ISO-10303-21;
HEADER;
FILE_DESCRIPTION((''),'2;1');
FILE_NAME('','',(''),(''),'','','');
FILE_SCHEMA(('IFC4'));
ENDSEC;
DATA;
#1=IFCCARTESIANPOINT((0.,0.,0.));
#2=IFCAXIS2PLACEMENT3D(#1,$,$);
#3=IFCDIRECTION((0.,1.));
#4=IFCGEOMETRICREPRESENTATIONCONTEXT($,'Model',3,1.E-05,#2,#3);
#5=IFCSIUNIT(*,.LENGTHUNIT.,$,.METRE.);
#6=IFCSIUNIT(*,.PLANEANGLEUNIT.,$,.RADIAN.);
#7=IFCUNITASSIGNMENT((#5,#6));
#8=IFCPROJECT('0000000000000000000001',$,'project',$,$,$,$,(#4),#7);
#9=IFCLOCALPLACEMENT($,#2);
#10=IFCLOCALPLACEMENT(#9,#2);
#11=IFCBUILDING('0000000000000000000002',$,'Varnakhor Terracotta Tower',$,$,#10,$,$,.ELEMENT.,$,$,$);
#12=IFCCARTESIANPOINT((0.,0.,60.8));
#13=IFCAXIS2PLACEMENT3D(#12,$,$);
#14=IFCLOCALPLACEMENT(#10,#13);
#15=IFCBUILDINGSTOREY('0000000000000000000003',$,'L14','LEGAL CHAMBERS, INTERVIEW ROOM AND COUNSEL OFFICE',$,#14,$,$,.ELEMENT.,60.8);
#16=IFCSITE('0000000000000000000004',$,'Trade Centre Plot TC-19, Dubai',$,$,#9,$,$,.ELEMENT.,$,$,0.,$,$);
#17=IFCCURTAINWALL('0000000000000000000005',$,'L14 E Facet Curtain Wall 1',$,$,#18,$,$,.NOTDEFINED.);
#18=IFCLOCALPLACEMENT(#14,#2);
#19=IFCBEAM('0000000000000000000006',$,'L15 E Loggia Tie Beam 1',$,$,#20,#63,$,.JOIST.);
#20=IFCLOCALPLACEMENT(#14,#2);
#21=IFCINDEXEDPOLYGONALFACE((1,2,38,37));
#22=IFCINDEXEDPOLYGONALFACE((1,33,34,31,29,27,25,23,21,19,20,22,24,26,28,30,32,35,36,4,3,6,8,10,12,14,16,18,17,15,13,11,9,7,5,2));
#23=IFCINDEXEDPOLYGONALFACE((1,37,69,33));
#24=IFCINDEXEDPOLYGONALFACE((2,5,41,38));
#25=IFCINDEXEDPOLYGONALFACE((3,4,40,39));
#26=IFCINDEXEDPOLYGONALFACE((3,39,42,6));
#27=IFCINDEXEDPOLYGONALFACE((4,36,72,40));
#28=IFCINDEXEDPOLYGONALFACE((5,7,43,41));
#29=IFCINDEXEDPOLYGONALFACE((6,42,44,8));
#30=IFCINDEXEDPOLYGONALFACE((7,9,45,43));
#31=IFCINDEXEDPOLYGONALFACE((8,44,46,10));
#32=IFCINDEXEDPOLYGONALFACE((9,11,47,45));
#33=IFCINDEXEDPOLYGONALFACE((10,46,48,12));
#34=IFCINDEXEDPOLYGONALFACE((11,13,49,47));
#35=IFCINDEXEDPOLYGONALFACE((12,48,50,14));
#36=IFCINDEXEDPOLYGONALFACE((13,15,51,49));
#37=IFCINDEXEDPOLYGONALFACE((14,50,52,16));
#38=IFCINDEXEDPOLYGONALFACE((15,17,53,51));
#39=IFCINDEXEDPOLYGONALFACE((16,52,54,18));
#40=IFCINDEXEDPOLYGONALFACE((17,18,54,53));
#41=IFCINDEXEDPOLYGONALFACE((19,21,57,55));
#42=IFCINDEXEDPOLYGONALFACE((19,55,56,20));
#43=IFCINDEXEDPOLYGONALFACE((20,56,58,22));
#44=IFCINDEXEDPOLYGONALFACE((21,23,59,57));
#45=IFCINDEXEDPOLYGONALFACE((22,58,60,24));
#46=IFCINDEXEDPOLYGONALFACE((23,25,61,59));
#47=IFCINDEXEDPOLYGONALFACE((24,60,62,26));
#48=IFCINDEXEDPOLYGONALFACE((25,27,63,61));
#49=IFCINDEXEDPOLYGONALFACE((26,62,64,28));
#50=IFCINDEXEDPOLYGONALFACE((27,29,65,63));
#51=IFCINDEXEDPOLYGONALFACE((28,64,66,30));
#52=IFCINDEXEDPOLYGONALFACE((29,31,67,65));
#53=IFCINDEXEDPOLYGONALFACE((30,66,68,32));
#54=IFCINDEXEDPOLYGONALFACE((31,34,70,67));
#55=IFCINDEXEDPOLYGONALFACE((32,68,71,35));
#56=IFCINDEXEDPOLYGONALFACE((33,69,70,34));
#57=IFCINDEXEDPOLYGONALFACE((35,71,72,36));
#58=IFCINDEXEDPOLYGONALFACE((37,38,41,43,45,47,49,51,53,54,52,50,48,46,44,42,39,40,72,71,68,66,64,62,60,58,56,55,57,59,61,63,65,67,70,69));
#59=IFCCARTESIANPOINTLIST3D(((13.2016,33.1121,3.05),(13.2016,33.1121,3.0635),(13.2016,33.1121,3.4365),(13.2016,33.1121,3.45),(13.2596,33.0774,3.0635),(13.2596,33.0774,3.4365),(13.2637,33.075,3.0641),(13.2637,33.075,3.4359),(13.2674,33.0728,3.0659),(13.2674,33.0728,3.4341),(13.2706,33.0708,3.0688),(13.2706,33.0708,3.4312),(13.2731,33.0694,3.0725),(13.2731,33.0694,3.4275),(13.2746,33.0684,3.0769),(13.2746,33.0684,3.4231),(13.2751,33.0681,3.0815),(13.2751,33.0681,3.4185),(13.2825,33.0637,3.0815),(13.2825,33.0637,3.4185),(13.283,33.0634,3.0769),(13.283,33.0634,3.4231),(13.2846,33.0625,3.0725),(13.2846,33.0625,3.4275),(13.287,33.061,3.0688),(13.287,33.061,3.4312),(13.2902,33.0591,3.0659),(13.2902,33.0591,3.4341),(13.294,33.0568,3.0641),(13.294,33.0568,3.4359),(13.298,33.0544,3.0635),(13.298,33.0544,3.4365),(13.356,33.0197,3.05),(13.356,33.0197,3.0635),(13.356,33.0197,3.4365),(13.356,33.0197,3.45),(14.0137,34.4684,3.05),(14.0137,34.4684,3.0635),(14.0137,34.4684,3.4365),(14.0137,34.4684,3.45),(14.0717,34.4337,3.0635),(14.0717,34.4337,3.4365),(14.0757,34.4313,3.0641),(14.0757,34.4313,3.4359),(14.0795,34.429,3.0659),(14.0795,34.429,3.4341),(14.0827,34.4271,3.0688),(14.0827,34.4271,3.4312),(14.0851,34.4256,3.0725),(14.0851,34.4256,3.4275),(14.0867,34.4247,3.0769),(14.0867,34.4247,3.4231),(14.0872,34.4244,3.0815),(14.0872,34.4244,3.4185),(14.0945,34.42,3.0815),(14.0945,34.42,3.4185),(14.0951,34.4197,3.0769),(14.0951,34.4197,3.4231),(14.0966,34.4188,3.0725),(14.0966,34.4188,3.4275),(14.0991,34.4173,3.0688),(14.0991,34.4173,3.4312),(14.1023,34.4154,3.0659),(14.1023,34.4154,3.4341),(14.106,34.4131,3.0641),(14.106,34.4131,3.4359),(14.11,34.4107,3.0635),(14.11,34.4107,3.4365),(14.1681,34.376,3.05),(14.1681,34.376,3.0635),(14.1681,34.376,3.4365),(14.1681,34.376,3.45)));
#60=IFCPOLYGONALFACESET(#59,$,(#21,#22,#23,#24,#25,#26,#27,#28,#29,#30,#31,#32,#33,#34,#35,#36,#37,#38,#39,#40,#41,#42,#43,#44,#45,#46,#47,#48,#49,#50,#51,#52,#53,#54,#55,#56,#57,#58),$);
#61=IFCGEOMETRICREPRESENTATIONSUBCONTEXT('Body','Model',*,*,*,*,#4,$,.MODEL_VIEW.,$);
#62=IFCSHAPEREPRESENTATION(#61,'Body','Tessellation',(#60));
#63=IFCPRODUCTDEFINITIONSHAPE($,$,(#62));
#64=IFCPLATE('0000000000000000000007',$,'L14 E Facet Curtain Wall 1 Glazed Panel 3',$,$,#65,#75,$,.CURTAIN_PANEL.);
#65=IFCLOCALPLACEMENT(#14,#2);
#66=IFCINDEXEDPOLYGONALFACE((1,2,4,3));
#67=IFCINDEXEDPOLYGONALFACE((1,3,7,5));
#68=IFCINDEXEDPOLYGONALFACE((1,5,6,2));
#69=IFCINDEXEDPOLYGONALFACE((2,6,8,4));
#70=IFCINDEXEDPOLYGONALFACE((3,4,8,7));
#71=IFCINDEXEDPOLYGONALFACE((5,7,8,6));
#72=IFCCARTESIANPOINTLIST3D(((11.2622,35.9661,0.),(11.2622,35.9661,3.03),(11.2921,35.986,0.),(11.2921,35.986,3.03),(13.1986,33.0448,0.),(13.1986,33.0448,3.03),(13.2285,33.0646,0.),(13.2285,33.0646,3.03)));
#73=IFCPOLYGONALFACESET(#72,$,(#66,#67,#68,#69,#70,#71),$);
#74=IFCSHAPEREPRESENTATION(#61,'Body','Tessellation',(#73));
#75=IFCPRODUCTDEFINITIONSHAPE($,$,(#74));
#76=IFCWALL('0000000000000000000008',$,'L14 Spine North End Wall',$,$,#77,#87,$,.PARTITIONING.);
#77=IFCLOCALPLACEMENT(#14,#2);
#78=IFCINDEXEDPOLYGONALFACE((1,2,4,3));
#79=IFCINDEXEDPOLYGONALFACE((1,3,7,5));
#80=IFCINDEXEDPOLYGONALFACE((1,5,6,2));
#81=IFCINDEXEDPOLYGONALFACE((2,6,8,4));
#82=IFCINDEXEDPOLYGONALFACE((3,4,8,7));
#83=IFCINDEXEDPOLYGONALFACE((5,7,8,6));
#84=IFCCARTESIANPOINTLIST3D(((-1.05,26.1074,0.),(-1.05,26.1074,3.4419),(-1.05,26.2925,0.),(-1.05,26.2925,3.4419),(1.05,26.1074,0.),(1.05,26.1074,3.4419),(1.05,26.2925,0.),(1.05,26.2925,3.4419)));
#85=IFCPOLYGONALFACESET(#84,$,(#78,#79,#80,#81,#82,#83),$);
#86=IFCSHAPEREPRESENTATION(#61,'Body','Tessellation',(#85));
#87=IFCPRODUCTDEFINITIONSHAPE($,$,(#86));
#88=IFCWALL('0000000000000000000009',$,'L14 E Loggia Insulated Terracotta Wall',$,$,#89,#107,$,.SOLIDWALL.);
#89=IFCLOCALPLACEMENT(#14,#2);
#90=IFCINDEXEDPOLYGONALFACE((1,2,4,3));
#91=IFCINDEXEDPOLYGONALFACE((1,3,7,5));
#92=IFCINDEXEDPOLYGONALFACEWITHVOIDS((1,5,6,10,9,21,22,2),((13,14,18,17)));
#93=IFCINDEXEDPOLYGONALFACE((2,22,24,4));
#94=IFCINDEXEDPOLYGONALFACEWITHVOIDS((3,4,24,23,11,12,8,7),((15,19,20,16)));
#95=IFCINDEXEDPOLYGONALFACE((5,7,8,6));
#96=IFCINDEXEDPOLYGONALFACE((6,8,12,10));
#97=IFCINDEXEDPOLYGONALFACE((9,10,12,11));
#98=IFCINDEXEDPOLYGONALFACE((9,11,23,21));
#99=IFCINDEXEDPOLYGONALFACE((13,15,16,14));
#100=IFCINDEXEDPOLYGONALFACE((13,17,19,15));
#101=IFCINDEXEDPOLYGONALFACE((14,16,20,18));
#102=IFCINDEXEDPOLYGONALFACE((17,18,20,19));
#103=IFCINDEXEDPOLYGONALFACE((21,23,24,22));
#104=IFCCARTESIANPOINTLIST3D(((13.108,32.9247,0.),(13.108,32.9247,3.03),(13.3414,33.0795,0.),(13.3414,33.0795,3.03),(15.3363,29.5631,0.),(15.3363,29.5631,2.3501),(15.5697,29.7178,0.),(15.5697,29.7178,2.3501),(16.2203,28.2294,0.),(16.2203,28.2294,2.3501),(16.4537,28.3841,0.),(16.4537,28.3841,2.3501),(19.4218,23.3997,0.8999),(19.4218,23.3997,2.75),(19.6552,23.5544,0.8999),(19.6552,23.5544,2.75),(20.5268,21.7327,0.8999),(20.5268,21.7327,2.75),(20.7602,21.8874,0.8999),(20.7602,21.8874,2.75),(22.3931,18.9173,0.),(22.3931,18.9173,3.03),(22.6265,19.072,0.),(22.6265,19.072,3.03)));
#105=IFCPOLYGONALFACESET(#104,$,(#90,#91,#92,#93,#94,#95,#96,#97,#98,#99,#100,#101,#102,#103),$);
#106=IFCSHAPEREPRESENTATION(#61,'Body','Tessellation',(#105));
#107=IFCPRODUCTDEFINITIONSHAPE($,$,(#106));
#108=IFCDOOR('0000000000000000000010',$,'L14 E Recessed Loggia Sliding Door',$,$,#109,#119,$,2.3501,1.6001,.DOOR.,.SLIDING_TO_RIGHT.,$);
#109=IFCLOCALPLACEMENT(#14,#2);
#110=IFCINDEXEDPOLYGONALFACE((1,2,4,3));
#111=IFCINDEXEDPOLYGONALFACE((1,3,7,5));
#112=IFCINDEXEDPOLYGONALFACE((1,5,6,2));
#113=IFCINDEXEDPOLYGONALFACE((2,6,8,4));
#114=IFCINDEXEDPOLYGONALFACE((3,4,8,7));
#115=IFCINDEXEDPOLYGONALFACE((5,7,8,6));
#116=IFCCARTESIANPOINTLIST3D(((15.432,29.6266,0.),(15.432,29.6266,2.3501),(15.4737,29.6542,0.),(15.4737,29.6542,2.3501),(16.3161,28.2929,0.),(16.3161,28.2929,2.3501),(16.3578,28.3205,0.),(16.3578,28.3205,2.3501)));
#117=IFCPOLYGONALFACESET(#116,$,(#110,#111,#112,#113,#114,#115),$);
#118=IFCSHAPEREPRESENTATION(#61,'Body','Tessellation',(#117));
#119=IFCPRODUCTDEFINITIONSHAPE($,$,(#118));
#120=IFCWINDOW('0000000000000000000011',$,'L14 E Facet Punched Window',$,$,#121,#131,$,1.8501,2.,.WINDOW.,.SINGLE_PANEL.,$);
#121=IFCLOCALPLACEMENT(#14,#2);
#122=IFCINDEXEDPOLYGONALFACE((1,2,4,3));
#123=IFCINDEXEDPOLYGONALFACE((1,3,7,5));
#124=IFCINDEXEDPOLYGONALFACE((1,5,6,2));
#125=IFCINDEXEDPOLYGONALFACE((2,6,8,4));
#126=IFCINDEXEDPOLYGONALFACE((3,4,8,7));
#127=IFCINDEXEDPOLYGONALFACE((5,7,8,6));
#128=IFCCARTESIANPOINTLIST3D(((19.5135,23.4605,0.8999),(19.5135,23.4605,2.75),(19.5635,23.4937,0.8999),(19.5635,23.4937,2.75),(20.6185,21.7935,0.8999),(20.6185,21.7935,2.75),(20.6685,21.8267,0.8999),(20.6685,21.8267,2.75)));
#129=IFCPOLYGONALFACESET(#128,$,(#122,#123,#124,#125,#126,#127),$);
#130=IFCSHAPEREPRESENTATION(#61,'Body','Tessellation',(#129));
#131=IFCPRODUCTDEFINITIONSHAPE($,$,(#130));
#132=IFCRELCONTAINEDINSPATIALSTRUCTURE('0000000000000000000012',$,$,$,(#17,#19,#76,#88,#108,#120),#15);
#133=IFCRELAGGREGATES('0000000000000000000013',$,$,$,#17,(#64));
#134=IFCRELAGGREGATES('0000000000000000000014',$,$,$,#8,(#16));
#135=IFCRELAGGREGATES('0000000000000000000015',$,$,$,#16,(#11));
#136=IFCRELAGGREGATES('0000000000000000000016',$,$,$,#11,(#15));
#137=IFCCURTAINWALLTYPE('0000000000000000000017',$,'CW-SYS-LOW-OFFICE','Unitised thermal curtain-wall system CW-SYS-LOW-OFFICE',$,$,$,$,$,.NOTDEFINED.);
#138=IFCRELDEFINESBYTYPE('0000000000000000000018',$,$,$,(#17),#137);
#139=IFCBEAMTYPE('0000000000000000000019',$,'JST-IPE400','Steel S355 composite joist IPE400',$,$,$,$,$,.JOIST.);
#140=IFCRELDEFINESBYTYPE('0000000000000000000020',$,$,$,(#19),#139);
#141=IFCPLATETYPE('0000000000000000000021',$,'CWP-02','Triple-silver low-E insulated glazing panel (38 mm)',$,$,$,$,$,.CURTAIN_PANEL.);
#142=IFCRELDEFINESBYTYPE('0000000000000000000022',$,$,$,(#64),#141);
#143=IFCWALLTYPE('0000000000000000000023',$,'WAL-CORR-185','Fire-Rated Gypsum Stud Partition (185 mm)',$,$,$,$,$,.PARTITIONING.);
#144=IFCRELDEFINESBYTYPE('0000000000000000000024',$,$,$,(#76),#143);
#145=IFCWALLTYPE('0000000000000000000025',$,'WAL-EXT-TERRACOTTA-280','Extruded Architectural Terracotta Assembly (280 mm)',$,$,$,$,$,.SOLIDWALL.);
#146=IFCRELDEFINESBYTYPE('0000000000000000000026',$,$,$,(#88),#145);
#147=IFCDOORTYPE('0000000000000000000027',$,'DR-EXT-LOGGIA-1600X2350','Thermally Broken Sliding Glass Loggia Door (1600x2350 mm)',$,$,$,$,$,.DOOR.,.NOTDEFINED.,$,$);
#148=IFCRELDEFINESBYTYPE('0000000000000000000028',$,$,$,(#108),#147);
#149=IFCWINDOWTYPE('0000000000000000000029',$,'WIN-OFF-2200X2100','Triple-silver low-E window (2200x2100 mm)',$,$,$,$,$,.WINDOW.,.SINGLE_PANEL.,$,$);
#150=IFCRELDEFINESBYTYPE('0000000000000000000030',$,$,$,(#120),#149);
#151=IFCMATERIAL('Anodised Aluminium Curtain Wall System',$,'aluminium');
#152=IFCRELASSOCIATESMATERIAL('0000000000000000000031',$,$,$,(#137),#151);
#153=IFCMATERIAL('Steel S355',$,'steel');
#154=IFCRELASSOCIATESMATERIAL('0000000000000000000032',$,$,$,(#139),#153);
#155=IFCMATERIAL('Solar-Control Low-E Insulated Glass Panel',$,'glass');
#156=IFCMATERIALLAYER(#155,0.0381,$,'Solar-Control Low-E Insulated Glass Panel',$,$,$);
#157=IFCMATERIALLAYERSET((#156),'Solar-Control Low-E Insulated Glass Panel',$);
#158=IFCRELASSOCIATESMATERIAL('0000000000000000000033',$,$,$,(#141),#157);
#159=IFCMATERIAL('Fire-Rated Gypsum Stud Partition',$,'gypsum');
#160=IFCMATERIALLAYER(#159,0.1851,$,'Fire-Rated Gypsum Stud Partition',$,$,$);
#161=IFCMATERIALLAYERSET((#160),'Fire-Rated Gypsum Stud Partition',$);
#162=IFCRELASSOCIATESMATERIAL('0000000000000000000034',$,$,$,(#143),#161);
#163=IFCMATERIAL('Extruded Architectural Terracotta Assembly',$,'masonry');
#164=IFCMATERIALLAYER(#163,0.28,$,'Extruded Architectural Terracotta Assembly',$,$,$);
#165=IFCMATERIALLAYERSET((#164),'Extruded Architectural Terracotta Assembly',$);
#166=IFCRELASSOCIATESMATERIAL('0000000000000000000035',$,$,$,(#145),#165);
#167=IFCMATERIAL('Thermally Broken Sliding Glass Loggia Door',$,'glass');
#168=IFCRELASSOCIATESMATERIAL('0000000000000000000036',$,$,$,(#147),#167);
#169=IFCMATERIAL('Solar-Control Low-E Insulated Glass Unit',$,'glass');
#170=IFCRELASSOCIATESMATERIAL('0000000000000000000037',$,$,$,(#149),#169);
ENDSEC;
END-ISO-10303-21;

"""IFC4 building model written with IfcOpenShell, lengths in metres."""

from ifc_helpers import new_model, si_unit, direction, frame, frame_2d, origin, origin_2d, place, context, subcontext, project, spatial, rectangle, i_section, extrude, source, transform, mapped, material, layer, layer_set, material_profile, profile_set, type_object, type_shapes, element, fill, aggregate, save


model = new_model("IFC4")

# Units and contexts
model_context = context("Model", 3, precision=1e-05, world=origin(), true_north=direction((0.0, 1.0)))
body_context = subcontext(model_context, "Body", "Model", "MODEL_VIEW")
ifc_project = project(units=[si_unit("LENGTHUNIT", "METRE"), si_unit("PLANEANGLEUNIT", "RADIAN")], contexts=[model_context])

# Site, building, storey
site_placement = place(None, origin())
site = spatial("IfcSite", under=ifc_project, at=site_placement, Name="Trade Centre Plot TC-19, Dubai", CompositionType="ELEMENT", RefElevation=0.0)
building_placement = place(site_placement, origin())
building = spatial("IfcBuilding", under=site, at=building_placement, Name="Varnakhor Terracotta Tower", CompositionType="ELEMENT")
storey_placement = place(building_placement, frame((0.0, 0.0, 60.8)))
storey = spatial("IfcBuildingStorey", under=building, at=storey_placement, Name="L14", Description="LEGAL CHAMBERS, INTERVIEW ROOM AND COUNSEL OFFICE", CompositionType="ELEMENT", Elevation=60.8)

# Shared definitions
ifc_material_1 = material(Name="Steel S355", Category="steel")

# Curtain wall
ifc_material_2 = material(Name="Anodised Aluminium Curtain Wall System", Category="aluminium")
curtain_wall_type = type_object("IfcCurtainWallType", Name="CW-SYS-LOW-OFFICE", Description="Unitised thermal curtain-wall system CW-SYS-LOW-OFFICE", PredefinedType="NOTDEFINED", material=ifc_material_2)
curtain_wall_placement = place(storey_placement, origin())
curtain_wall = element("IfcCurtainWall", 1, at=curtain_wall_placement, inside=storey, type_object=curtain_wall_type, Name="L14 E Facet Curtain Wall 1", PredefinedType="NOTDEFINED")

# Beam
ifc_material_profile_1 = material_profile(ifc_material_1, i_section(OverallWidth=0.1799, OverallDepth=0.3999, WebThickness=0.0085, FlangeThickness=0.0134, FilletRadius=0.0181, at=origin_2d()), Name="IPE400")
ifc_profile_set_1 = profile_set([ifc_material_profile_1], Name="Steel S355")
beam_type_1 = type_object("IfcBeamType", Name="JST-IPE400", Description="Steel S355 composite joist IPE400", PredefinedType="JOIST", material=ifc_profile_set_1)
shared_shape_1 = source(origin(), body_context, "Body", "SweptSolid", [
    extrude(i_section(OverallWidth=0.1799, OverallDepth=0.3999, WebThickness=0.0085, FlangeThickness=0.0134, FilletRadius=0.0181, at=origin_2d()), origin(), (0.0, 0.0, 1.0), 1.5808),
])
beam_1_placement = place(storey_placement, frame((13.2788, 33.0659, 3.25), z_axis=(0.513701, 0.85797, 0.0), x_axis=(-0.85797, 0.513701, 0.0)))
element("IfcBeam", 2, at=beam_1_placement, inside=storey, type_object=beam_type_1, Name="L15 E Loggia Tie Beam 1", PredefinedType="JOIST", context=body_context, shape_type="MappedRepresentation", body=[
    mapped(shared_shape_1, transform((0.0, 0.0, 0.0), scale=1.0)),
])

# Plate
ifc_material_3 = material(Name="Solar-Control Low-E Insulated Glass Panel", Category="glass")
ifc_layer_1 = layer(ifc_material_3, 0.0381, Name="Solar-Control Low-E Insulated Glass Panel")
ifc_layer_set_1 = layer_set([ifc_layer_1], Name="Solar-Control Low-E Insulated Glass Panel")
plate_type = type_object("IfcPlateType", Name="CWP-02", Description="Triple-silver low-E insulated glazing panel (38 mm)", PredefinedType="CURTAIN_PANEL", material=ifc_layer_set_1)
shared_shape_2 = source(origin(), body_context, "Body", "SweptSolid", [
    extrude(rectangle(XDim=3.5049, YDim=0.0359, at=origin_2d()), origin(), (0.0, 0.0, 1.0), 3.03),
])
plate_placement = place(storey_placement, frame((12.2454, 34.5154, 0.0), z_axis=(0.0, 0.0, 1.0), x_axis=(0.552504, -0.83351, 0.0)))
plate = element("IfcPlate", 3, at=plate_placement, type_object=plate_type, Name="L14 E Facet Curtain Wall 1 Glazed Panel 3", PredefinedType="CURTAIN_PANEL", context=body_context, shape_type="MappedRepresentation", body=[
    mapped(shared_shape_2, transform((0.0, 0.0, 0.0), scale=1.0)),
])
aggregate(curtain_wall, [plate])

# Wall
ifc_material_4 = material(Name="Fire-Rated Gypsum Stud Partition", Category="gypsum")
ifc_layer_2 = layer(ifc_material_4, 0.1851, Name="Fire-Rated Gypsum Stud Partition")
ifc_layer_set_2 = layer_set([ifc_layer_2], Name="Fire-Rated Gypsum Stud Partition")
wall_type_1 = type_object("IfcWallType", Name="WAL-CORR-185", Description="Fire-Rated Gypsum Stud Partition (185 mm)", PredefinedType="PARTITIONING", material=ifc_layer_set_2)
wall_1_placement = place(storey_placement, frame((-1.05, 26.2, 0.0), z_axis=(0.0, 0.0, 1.0), x_axis=(1.0, 0.0, 0.0)))
element("IfcWall", 4, at=wall_1_placement, inside=storey, type_object=wall_type_1, Name="L14 Spine North End Wall", PredefinedType="PARTITIONING", context=body_context, shape_type="SweptSolid", body=[
    extrude(rectangle(XDim=2.1001, YDim=0.1851, at=frame_2d((1.05, 0.0))), origin(), (0.0, 0.0, 1.0), 3.4419),
])

# Wall, openings, door, window
ifc_material_5 = material(Name="Extruded Architectural Terracotta Assembly", Category="masonry")
ifc_layer_3 = layer(ifc_material_5, 0.28, Name="Extruded Architectural Terracotta Assembly")
ifc_layer_set_3 = layer_set([ifc_layer_3], Name="Extruded Architectural Terracotta Assembly")
wall_type_2 = type_object("IfcWallType", Name="WAL-EXT-TERRACOTTA-280", Description="Extruded Architectural Terracotta Assembly (280 mm)", PredefinedType="SOLIDWALL", material=ifc_layer_set_3)
wall_2_placement = place(storey_placement, frame((13.2246, 33.0022, 0.0), z_axis=(0.0, 0.0, 1.0), x_axis=(0.552506, -0.833509, 0.0)))
wall_2 = element("IfcWall", 5, at=wall_2_placement, inside=storey, type_object=wall_type_2, Name="L14 E Loggia Insulated Terracotta Wall", PredefinedType="SOLIDWALL", context=body_context, shape_type="SweptSolid", body=[
    extrude(rectangle(XDim=16.8054, YDim=0.28, at=frame_2d((8.4028, 0.0))), origin(), (0.0, 0.0, 1.0), 3.03),
])
opening_1_placement = place(wall_2_placement, frame((4.0332, 0.0, 0.0)))
opening_1 = element("IfcOpeningElement", 6, at=opening_1_placement, cuts=wall_2, PredefinedType="OPENING", context=body_context, shape_type="SweptSolid", body=[
    extrude(rectangle(XDim=1.6001, YDim=2.3501, at=frame_2d((0.8, 1.175))), frame((0.0, 0.1499, 0.0), z_axis=(0.0, -1.0, 0.0), x_axis=(1.0, 0.0, 0.0)), (0.0, 0.0, 1.0), 0.3),
])
opening_2_placement = place(wall_2_placement, frame((11.4277, 0.0, 0.8999)))
opening_2 = element("IfcOpeningElement", 7, at=opening_2_placement, cuts=wall_2, PredefinedType="OPENING", context=body_context, shape_type="SweptSolid", body=[
    extrude(rectangle(XDim=2.0, YDim=1.8501, at=frame_2d((1.0, 0.925))), frame((0.0, 0.1499, 0.0), z_axis=(0.0, -1.0, 0.0), x_axis=(1.0, 0.0, 0.0)), (0.0, 0.0, 1.0), 0.3),
])
ifc_material_6 = material(Name="Thermally Broken Sliding Glass Loggia Door", Category="glass")
door_type_1 = type_object("IfcDoorType", Name="DR-EXT-LOGGIA-1600X2350", Description="Thermally Broken Sliding Glass Loggia Door (1600x2350 mm)", OperationType="NOTDEFINED", PredefinedType="DOOR", material=ifc_material_6)
shared_shape_3 = source(origin(), body_context, "Body", "SweptSolid", [
    extrude(rectangle(XDim=1.6001, YDim=2.3501, at=frame_2d((0.8, 1.175))), frame((0.0, 0.0249, 0.0), z_axis=(0.0, -1.0, 0.0), x_axis=(1.0, 0.0, 0.0)), (0.0, 0.0, 1.0), 0.05),
])
type_shapes(door_type_1, [shared_shape_3])
door_1_placement = place(opening_1_placement, origin())
door_1 = element("IfcDoor", 8, at=door_1_placement, inside=storey, type_object=door_type_1, Name="L14 E Recessed Loggia Sliding Door", OperationType="SLIDING_TO_RIGHT", OverallHeight=2.3501, OverallWidth=1.6001, PredefinedType="DOOR", context=body_context, shape_type="MappedRepresentation", body=[
    mapped(shared_shape_3, transform((0.0, 0.0, 0.0), scale=1.0)),
])
fill(opening_1, door_1)
ifc_material_7 = material(Name="Solar-Control Low-E Insulated Glass Unit", Category="glass")
window_type = type_object("IfcWindowType", Name="WIN-OFF-2200X2100", Description="Triple-silver low-E window (2200x2100 mm)", PartitioningType="SINGLE_PANEL", PredefinedType="WINDOW", material=ifc_material_7)
shared_shape_4 = source(origin(), body_context, "Body", "SweptSolid", [
    extrude(rectangle(XDim=2.0, YDim=1.8501, at=frame_2d((1.0, 0.925))), frame((0.0, 0.03, 0.0), z_axis=(0.0, -1.0, 0.0), x_axis=(1.0, 0.0, 0.0)), (0.0, 0.0, 1.0), 0.0601),
])
type_shapes(window_type, [shared_shape_4])
window_placement = place(opening_2_placement, origin())
window = element("IfcWindow", 9, at=window_placement, inside=storey, type_object=window_type, Name="L14 E Facet Punched Window", OverallHeight=1.8501, OverallWidth=2.0, PartitioningType="SINGLE_PANEL", PredefinedType="WINDOW", context=body_context, shape_type="MappedRepresentation", body=[
    mapped(shared_shape_4, transform((0.0, 0.0, 0.0), scale=1.0)),
])
fill(opening_2, window)

save(model, "model.ifc")
